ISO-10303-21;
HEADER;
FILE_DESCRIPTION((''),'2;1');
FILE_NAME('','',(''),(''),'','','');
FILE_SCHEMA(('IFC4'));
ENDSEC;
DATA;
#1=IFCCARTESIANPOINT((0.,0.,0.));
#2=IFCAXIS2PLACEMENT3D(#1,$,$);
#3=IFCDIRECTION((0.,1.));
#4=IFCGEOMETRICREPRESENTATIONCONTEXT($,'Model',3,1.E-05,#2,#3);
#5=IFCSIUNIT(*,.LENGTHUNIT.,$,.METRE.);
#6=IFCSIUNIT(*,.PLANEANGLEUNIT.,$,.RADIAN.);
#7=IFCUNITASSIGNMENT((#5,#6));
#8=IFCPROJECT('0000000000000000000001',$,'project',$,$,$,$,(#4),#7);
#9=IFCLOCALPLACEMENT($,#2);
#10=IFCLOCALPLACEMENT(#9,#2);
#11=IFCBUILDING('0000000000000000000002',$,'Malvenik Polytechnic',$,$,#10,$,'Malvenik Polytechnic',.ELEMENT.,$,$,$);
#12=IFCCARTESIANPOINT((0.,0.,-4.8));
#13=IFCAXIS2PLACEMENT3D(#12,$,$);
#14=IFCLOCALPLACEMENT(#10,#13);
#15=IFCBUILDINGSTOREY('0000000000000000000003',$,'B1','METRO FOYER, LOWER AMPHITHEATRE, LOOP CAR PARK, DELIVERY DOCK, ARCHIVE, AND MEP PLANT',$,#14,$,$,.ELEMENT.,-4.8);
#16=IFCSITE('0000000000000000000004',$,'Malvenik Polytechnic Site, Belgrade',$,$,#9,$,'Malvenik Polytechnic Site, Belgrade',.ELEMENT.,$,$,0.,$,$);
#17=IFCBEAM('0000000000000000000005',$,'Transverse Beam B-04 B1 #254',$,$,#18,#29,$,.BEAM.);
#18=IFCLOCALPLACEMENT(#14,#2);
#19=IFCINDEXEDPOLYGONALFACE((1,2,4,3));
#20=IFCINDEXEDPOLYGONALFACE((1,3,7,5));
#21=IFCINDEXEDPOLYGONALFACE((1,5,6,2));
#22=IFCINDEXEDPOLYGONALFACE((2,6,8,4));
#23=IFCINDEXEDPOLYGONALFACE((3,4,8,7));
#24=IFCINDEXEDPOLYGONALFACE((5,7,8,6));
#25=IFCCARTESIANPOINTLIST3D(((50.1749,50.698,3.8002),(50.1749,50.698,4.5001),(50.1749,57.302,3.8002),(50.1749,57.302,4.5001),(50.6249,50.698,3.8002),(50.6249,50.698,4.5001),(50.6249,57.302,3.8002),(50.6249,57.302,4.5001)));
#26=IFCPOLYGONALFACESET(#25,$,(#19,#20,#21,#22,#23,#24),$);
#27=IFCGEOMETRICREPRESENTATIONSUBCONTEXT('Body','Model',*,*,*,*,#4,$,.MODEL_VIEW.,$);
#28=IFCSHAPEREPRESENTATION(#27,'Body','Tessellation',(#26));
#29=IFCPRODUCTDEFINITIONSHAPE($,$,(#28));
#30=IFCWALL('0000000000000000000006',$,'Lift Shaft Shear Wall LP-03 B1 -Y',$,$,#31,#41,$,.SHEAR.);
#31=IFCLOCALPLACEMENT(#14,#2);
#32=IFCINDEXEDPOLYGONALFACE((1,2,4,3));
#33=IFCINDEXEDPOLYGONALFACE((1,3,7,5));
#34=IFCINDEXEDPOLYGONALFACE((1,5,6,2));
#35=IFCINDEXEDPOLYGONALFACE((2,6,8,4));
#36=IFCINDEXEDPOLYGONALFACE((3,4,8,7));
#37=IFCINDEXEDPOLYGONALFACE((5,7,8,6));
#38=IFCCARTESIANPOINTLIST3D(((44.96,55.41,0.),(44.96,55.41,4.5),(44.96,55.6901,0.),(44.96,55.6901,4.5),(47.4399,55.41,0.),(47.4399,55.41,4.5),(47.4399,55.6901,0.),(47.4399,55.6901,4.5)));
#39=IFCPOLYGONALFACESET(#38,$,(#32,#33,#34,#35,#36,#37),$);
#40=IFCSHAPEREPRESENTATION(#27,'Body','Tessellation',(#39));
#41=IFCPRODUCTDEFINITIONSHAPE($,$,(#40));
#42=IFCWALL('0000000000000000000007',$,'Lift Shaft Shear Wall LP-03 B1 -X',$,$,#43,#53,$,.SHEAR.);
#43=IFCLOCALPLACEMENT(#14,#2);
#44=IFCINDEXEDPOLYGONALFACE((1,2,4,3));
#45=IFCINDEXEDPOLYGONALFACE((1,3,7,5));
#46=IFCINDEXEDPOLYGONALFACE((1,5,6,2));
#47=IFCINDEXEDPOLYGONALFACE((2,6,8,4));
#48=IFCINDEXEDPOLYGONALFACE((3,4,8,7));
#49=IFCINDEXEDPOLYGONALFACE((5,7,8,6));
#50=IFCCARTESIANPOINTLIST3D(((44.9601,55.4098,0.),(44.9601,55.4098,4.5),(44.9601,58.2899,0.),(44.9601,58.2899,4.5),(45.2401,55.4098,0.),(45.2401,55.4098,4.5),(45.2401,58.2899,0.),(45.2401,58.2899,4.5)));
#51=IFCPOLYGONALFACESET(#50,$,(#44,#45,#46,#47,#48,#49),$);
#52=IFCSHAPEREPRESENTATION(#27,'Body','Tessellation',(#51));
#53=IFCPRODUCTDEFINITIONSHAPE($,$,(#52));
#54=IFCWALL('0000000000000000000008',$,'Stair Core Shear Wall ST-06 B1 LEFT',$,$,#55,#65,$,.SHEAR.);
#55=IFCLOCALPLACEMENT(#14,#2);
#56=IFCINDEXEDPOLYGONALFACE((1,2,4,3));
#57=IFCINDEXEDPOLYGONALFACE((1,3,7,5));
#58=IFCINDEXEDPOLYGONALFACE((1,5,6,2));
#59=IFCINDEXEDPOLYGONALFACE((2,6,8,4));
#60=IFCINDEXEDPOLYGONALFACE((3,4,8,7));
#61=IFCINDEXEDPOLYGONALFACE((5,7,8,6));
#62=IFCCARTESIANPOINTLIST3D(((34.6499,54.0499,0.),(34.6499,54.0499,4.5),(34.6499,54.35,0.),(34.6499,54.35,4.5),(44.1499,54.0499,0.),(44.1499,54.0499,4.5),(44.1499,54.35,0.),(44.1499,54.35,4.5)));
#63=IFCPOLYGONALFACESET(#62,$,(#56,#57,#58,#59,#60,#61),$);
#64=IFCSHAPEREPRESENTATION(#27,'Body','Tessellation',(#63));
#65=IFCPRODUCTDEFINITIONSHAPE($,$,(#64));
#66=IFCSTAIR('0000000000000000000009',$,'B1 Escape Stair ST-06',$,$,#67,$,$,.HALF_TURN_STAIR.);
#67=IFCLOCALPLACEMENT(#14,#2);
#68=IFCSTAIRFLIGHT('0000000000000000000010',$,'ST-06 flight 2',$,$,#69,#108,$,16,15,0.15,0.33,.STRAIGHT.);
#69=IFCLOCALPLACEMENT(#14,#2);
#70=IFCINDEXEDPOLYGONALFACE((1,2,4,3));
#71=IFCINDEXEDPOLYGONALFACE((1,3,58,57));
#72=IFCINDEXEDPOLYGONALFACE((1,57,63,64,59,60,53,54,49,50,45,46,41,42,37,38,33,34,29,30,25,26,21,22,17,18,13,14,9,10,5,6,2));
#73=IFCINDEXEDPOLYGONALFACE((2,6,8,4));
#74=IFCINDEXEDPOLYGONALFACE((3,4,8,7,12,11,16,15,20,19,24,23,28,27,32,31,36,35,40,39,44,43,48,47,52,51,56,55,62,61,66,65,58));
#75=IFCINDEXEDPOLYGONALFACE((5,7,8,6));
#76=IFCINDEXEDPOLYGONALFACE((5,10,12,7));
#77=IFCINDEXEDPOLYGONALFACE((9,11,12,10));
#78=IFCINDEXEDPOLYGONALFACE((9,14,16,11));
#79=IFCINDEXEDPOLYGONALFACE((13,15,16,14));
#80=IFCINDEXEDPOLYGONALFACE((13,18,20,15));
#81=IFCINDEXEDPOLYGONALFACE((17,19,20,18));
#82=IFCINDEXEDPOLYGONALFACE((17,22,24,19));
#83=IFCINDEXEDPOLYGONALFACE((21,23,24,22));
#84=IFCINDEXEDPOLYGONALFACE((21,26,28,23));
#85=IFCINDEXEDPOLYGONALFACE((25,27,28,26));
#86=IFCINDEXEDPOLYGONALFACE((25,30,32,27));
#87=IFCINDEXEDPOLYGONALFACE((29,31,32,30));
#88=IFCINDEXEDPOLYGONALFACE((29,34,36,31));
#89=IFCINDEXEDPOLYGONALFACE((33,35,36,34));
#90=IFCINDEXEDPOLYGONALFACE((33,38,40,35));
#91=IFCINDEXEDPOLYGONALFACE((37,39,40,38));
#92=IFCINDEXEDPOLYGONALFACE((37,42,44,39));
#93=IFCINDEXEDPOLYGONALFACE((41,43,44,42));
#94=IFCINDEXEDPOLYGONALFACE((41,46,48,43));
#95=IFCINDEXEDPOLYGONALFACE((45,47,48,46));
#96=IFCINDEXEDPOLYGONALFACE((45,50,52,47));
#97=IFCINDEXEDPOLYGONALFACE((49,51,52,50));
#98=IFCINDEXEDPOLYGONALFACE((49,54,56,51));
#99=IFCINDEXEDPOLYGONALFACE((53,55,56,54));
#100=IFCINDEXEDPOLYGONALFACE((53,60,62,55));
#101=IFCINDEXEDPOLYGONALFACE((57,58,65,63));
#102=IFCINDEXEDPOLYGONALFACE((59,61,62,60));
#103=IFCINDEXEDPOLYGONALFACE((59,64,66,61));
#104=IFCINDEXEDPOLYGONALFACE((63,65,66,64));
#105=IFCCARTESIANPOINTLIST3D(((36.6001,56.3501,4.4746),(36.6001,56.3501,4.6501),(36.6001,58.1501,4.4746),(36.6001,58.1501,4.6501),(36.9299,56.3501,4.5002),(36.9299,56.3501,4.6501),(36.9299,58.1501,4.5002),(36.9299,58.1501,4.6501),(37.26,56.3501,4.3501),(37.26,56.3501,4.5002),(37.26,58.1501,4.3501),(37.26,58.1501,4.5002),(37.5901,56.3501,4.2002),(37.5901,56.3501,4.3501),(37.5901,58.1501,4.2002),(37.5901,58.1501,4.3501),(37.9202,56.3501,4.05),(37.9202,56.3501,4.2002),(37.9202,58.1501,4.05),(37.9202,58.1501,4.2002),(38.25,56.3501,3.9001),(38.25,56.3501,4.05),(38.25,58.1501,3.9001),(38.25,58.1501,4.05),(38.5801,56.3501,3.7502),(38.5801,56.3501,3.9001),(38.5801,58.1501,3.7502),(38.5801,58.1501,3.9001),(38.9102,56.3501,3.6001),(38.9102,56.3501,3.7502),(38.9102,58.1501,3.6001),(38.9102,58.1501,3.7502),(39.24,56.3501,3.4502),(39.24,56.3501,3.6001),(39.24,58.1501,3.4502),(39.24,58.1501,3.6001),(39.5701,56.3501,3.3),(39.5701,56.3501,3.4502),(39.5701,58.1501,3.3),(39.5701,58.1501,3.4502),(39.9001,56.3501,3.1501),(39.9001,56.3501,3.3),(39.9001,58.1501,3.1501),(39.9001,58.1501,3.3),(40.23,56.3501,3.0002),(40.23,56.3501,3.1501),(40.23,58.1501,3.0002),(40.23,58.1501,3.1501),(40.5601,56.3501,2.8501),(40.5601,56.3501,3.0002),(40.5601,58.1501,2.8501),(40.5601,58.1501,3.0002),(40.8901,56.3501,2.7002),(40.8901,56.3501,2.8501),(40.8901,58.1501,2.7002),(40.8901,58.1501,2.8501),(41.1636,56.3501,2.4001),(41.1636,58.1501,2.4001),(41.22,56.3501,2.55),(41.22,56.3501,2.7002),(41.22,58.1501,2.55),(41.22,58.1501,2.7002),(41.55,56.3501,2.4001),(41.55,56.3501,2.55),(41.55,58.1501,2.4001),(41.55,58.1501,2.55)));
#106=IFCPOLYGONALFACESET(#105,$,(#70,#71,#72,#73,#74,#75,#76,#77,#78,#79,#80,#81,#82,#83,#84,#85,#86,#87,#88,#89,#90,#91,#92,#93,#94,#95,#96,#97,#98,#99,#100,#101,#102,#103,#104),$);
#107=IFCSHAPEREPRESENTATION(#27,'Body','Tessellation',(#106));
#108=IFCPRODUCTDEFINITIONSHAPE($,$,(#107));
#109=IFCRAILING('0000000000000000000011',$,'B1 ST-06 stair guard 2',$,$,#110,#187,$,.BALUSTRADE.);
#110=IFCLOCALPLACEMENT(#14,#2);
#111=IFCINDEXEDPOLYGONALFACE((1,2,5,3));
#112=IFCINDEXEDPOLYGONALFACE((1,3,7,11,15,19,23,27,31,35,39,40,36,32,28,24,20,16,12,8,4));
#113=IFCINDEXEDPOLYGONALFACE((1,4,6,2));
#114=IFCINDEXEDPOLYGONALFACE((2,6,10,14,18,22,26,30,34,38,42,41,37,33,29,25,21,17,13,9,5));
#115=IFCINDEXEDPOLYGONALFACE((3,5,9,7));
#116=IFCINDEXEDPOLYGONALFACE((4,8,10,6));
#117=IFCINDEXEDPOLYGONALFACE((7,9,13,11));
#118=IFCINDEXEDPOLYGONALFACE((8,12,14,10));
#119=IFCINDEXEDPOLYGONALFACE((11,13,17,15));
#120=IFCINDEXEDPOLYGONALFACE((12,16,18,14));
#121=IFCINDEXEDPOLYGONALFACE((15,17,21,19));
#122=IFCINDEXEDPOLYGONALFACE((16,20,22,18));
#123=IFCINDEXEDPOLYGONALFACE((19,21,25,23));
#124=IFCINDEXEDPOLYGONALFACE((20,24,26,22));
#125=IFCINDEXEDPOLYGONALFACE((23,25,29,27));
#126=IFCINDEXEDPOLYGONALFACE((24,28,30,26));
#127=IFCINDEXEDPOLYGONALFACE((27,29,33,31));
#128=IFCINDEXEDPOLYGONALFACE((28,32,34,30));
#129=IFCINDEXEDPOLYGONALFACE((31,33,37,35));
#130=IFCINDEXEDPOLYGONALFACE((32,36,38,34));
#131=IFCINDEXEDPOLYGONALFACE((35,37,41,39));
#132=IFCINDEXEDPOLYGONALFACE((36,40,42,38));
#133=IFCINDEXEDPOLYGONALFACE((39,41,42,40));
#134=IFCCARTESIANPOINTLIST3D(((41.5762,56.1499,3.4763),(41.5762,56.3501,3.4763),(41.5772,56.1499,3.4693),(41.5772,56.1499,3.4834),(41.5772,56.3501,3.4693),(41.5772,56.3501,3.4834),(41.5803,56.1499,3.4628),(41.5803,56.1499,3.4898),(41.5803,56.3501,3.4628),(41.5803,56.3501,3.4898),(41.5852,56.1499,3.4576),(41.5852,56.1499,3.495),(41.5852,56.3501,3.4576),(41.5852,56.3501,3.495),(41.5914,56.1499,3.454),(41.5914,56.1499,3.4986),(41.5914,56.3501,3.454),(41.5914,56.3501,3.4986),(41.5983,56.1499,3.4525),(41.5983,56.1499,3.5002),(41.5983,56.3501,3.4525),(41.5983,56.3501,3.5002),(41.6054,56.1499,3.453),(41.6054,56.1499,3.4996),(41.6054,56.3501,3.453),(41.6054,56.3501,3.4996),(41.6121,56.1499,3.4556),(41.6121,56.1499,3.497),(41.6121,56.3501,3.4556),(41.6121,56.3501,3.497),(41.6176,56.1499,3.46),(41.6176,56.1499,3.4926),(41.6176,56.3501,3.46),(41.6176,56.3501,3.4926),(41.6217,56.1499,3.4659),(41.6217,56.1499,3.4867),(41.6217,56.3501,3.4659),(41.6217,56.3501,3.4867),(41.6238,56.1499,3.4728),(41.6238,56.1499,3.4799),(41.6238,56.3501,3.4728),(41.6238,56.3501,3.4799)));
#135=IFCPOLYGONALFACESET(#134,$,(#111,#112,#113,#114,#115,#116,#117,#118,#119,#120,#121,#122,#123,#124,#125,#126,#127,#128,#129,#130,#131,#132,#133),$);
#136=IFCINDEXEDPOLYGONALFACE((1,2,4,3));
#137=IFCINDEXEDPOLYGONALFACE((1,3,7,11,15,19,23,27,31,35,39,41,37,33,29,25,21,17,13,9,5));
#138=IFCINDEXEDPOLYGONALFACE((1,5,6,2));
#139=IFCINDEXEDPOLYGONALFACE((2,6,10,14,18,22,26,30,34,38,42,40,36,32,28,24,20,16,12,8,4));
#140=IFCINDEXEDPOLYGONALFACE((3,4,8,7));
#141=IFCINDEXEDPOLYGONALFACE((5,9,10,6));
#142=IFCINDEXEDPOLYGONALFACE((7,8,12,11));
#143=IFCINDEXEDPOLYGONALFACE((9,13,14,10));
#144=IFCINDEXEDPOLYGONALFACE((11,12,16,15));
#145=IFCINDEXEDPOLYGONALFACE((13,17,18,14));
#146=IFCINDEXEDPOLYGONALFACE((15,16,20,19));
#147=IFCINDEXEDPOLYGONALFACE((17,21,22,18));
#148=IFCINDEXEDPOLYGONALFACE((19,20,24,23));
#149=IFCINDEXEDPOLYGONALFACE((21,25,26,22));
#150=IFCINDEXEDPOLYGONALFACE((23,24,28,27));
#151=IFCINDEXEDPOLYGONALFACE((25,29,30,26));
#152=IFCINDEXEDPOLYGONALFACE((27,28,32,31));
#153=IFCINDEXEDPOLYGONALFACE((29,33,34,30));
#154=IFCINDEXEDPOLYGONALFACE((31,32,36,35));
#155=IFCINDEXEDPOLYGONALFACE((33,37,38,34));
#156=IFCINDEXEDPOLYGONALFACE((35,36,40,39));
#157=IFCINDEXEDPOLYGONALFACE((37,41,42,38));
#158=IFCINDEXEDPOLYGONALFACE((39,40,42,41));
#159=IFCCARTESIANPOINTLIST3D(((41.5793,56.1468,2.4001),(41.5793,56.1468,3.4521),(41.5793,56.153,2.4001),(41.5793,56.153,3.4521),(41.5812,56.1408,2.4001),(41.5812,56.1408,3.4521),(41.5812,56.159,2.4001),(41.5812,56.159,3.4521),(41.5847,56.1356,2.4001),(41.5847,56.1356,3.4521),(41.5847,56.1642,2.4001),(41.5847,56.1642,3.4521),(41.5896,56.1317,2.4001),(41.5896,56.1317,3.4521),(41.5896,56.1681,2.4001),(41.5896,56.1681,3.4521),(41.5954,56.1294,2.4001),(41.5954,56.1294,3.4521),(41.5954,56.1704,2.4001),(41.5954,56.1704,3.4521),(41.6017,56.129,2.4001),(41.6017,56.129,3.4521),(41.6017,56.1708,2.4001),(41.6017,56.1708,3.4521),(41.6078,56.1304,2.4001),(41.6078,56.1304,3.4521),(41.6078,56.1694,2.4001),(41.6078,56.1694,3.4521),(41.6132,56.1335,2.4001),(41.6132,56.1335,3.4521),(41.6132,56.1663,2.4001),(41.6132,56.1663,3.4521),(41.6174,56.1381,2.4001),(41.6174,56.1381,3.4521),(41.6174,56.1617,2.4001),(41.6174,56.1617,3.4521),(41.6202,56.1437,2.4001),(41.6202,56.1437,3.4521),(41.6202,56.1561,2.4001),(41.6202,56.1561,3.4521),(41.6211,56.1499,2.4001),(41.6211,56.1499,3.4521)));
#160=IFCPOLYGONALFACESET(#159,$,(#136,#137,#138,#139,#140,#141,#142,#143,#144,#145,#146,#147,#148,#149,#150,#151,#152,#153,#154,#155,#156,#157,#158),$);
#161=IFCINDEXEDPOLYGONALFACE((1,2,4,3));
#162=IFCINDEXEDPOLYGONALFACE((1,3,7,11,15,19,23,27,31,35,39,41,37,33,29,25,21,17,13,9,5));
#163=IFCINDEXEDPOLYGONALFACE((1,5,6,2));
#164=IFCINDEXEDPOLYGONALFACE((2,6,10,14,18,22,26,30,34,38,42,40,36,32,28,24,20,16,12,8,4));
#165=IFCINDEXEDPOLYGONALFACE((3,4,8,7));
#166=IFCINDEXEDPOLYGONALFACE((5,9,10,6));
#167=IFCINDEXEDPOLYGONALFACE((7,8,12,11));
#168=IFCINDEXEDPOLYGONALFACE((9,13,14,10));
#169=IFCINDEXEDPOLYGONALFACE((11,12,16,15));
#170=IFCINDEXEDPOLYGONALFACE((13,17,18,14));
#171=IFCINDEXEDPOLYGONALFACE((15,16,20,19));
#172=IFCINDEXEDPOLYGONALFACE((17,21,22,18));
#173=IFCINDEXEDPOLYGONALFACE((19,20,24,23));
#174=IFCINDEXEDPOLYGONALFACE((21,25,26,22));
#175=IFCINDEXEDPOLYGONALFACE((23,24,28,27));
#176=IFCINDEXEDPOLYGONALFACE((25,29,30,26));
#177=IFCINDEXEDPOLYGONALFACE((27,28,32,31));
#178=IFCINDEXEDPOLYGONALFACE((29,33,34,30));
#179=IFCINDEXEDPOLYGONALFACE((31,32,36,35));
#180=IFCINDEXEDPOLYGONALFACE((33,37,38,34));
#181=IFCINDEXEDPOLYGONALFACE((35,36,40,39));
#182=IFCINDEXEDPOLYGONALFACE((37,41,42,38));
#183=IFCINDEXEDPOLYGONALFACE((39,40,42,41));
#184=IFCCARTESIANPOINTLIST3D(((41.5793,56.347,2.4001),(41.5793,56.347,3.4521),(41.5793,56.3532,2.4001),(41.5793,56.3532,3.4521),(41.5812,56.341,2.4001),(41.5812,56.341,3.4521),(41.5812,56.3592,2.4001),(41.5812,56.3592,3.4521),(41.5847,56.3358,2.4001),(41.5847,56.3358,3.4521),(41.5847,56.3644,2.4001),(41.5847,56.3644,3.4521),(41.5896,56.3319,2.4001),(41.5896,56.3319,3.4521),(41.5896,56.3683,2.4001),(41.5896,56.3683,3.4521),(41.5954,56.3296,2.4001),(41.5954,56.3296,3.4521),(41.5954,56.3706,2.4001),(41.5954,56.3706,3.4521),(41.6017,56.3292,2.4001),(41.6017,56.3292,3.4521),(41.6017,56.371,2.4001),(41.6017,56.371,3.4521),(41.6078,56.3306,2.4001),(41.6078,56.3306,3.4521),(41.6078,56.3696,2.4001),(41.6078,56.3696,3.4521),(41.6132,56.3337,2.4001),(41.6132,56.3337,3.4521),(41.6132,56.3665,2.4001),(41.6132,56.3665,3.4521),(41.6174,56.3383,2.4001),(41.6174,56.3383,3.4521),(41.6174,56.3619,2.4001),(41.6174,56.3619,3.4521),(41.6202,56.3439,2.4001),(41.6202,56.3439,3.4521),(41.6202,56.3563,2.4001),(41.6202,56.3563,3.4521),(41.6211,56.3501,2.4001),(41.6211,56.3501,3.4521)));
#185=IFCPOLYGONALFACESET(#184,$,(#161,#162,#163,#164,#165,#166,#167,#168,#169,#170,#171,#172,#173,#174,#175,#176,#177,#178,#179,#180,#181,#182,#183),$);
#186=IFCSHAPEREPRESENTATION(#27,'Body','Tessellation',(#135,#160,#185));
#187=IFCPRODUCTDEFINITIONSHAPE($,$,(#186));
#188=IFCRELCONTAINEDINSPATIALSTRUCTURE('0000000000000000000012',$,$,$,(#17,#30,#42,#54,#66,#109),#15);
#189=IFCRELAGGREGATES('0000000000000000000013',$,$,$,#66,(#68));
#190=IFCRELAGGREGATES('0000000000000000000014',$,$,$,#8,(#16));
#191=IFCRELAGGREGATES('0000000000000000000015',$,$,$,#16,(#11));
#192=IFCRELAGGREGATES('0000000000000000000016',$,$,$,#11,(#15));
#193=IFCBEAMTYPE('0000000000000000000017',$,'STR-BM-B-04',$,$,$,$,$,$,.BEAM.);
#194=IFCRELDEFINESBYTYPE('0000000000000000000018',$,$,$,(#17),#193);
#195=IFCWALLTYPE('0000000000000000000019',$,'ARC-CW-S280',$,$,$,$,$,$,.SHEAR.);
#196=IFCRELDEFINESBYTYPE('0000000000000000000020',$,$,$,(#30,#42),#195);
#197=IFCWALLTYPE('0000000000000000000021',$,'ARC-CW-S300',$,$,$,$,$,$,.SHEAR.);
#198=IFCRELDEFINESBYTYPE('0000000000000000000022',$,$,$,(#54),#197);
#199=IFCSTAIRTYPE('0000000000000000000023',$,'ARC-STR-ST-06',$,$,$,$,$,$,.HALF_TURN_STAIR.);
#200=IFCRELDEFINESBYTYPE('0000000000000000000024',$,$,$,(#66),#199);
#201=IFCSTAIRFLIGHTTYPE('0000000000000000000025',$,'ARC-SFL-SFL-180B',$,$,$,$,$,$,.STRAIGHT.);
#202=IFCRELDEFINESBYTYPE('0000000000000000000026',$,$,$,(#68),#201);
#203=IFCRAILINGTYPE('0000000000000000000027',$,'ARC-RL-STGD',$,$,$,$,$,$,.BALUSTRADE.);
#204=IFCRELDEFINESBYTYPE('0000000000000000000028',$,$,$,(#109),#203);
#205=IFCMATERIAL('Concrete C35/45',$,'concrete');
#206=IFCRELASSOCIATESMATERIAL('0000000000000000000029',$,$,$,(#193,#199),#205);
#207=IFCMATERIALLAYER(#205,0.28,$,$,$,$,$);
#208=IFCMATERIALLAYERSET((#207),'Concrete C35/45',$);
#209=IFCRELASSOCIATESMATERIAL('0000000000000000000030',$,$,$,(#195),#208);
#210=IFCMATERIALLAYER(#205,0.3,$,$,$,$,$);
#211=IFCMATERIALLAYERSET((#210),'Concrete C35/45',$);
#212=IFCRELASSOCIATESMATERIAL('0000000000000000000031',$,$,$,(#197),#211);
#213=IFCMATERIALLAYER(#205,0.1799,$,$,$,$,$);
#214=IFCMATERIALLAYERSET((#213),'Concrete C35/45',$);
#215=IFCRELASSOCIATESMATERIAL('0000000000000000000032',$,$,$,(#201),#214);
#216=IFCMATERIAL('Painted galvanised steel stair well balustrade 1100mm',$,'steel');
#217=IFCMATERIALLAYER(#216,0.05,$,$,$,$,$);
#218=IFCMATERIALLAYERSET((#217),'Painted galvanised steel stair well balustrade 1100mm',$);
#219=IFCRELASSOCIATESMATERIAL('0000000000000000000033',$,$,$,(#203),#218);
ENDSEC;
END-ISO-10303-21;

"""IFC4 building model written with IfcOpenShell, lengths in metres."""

from ifc_helpers import new_model, si_unit, direction, frame, frame_2d, origin, origin_2d, place, context, subcontext, project, spatial, polyline, rectangle, circle, outline, extrude, material, layer, layer_set, material_profile, profile_set, type_object, element, aggregate, save


model = new_model("IFC4")

# Units and contexts
model_context = context("Model", 3, precision=1e-05, world=origin(), true_north=direction((0.0, 1.0)))
body_context = subcontext(model_context, "Body", "Model", "MODEL_VIEW")
ifc_project = project(units=[si_unit("LENGTHUNIT", "METRE"), si_unit("PLANEANGLEUNIT", "RADIAN")], contexts=[model_context])

# Site, building, storey
site_placement = place(None, origin())
site = spatial("IfcSite", under=ifc_project, at=site_placement, Name="Malvenik Polytechnic Site, Belgrade", LongName="Malvenik Polytechnic Site, Belgrade", CompositionType="ELEMENT", RefElevation=0.0)
building_placement = place(site_placement, origin())
building = spatial("IfcBuilding", under=site, at=building_placement, Name="Malvenik Polytechnic", LongName="Malvenik Polytechnic", CompositionType="ELEMENT")
storey_placement = place(building_placement, frame((0.0, 0.0, -4.8)))
storey = spatial("IfcBuildingStorey", under=building, at=storey_placement, Name="B1", Description="METRO FOYER, LOWER AMPHITHEATRE, LOOP CAR PARK, DELIVERY DOCK, ARCHIVE, AND MEP PLANT", CompositionType="ELEMENT", Elevation=-4.8)

# Shared definitions
ifc_material_1 = material(Name="Concrete C35/45", Category="concrete")

# Beam
ifc_material_profile_1 = material_profile(ifc_material_1, rectangle(XDim=0.45, YDim=0.7, at=origin_2d()), Name="RC BM 450x700")
ifc_profile_set_1 = profile_set([ifc_material_profile_1], Name="Concrete C35/45")
beam_type_1 = type_object("IfcBeamType", Name="STR-BM-B-04", PredefinedType="BEAM", material=ifc_profile_set_1)
beam_1_placement = place(storey_placement, frame((50.3999, 50.698, 4.1501), z_axis=(0.0, 1.0, 0.0), x_axis=(-1.0, 0.0, 0.0)))
element("IfcBeam", 1, at=beam_1_placement, inside=storey, type_object=beam_type_1, Name="Transverse Beam B-04 B1 #254", PredefinedType="BEAM", context=body_context, shape_type="SweptSolid", body=[
    extrude(rectangle(XDim=0.45, YDim=0.7, at=origin_2d()), origin(), (0.0, 0.0, 1.0), 6.604),
])

# Walls
ifc_layer_1 = layer(ifc_material_1, 0.28)
ifc_layer_set_1 = layer_set([ifc_layer_1], Name="Concrete C35/45")
wall_type_1 = type_object("IfcWallType", Name="ARC-CW-S280", PredefinedType="SHEAR", material=ifc_layer_set_1)
wall_1_placement = place(storey_placement, frame((47.4399, 55.55, 0.0), z_axis=(0.0, 0.0, 1.0), x_axis=(-1.0, 0.0, 0.0)))
element("IfcWall", 2, at=wall_1_placement, inside=storey, type_object=wall_type_1, Name="Lift Shaft Shear Wall LP-03 B1 -Y", PredefinedType="SHEAR", context=body_context, shape_type="SweptSolid", body=[
    extrude(rectangle(XDim=2.48, YDim=0.28, at=frame_2d((1.24, 0.0))), origin(), (0.0, 0.0, 1.0), 4.5),
])
wall_2_placement = place(storey_placement, frame((45.1001, 55.4099, 0.0), z_axis=(0.0, 0.0, 1.0), x_axis=(0.0, 1.0, 0.0)))
element("IfcWall", 3, at=wall_2_placement, inside=storey, type_object=wall_type_1, Name="Lift Shaft Shear Wall LP-03 B1 -X", PredefinedType="SHEAR", context=body_context, shape_type="SweptSolid", body=[
    extrude(rectangle(XDim=2.8801, YDim=0.28, at=frame_2d((1.4399, 0.0))), origin(), (0.0, 0.0, 1.0), 4.5),
])
ifc_layer_2 = layer(ifc_material_1, 0.3)
ifc_layer_set_2 = layer_set([ifc_layer_2], Name="Concrete C35/45")
wall_type_2 = type_object("IfcWallType", Name="ARC-CW-S300", PredefinedType="SHEAR", material=ifc_layer_set_2)
wall_3_placement = place(storey_placement, frame((44.1499, 54.2, 0.0), z_axis=(0.0, 0.0, 1.0), x_axis=(-1.0, 0.0, 0.0)))
element("IfcWall", 4, at=wall_3_placement, inside=storey, type_object=wall_type_2, Name="Stair Core Shear Wall ST-06 B1 LEFT", PredefinedType="SHEAR", context=body_context, shape_type="SweptSolid", body=[
    extrude(rectangle(XDim=9.5, YDim=0.3, at=frame_2d((4.75, 0.0))), origin(), (0.0, 0.0, 1.0), 4.5),
])

# Stair, stair flight
stair_type = type_object("IfcStairType", Name="ARC-STR-ST-06", PredefinedType="HALF_TURN_STAIR", material=ifc_material_1)
stair_placement = place(storey_placement, origin())
stair = element("IfcStair", 5, at=stair_placement, inside=storey, type_object=stair_type, Name="B1 Escape Stair ST-06", PredefinedType="HALF_TURN_STAIR")
ifc_layer_3 = layer(ifc_material_1, 0.1799)
ifc_layer_set_3 = layer_set([ifc_layer_3], Name="Concrete C35/45")
stair_flight_type = type_object("IfcStairFlightType", Name="ARC-SFL-SFL-180B", PredefinedType="STRAIGHT", material=ifc_layer_set_3)
stair_flight_placement = place(storey_placement, frame((41.55, 57.25, 2.4001), z_axis=(0.0, 0.0, 1.0), x_axis=(-1.0, 0.0, 0.0)))
stair_flight = element("IfcStairFlight", 6, at=stair_flight_placement, type_object=stair_flight_type, Name="ST-06 flight 2", NumberOfRisers=16, NumberOfTreads=15, PredefinedType="STRAIGHT", RiserHeight=0.15, TreadLength=0.33, context=body_context, shape_type="SweptSolid", body=[
    extrude(outline(polyline([(0.0, 0.0), (0.0, 0.1499), (0.3301, 0.1499), (0.3301, 0.3), (0.6599, 0.3), (0.6599, 0.45), (0.99, 0.45), (0.99, 0.6001), (1.3201, 0.6001), (1.3201, 0.75), (1.6499, 0.75), (1.6499, 0.8999), (1.98, 0.8999), (1.98, 1.05), (2.3101, 1.05), (2.3101, 1.2), (2.6399, 1.2), (2.6399, 1.3501), (2.97, 1.3501), (2.97, 1.5), (3.3, 1.5), (3.3, 1.6499), (3.6299, 1.6499), (3.6299, 1.8), (3.96, 1.8), (3.96, 1.95), (4.29, 1.95), (4.29, 2.1001), (4.6201, 2.1001), (4.6201, 2.25), (4.95, 2.25), (4.95, 2.3999), (4.95, 2.0745), (0.3865, 0.0), (0.0, 0.0)])), frame((0.0, 0.8999, 0.0), z_axis=(0.0, -1.0, 0.0), x_axis=(1.0, 0.0, 0.0)), (0.0, 0.0, 1.0), 1.8),
])
aggregate(stair, [stair_flight])

# Railing
ifc_material_2 = material(Name="Painted galvanised steel stair well balustrade 1100mm", Category="steel")
ifc_layer_4 = layer(ifc_material_2, 0.05)
ifc_layer_set_4 = layer_set([ifc_layer_4], Name="Painted galvanised steel stair well balustrade 1100mm")
railing_type = type_object("IfcRailingType", Name="ARC-RL-STGD", PredefinedType="BALUSTRADE", material=ifc_layer_set_4)
railing_1_placement = place(storey_placement, frame((41.6001, 56.1499, 2.4001)))
element("IfcRailing", 7, at=railing_1_placement, inside=storey, type_object=railing_type, Name="B1 ST-06 stair guard 2", PredefinedType="BALUSTRADE", context=body_context, shape_type="SweptSolid", body=[
    extrude(circle(Radius=0.0239, at=origin_2d()), frame((0.0, 0.0, 1.0762), z_axis=(0.0, 1.0, 0.0), x_axis=(-1.0, 0.0, 0.0)), (0.0, 0.0, 1.0), 0.2002),
    extrude(circle(Radius=0.021, at=origin_2d()), origin(), (0.0, 0.0, 1.0), 1.052),
    extrude(circle(Radius=0.021, at=origin_2d()), frame((0.0, 0.2002, 0.0)), (0.0, 0.0, 1.0), 1.052),
])

save(model, "model.ifc")
